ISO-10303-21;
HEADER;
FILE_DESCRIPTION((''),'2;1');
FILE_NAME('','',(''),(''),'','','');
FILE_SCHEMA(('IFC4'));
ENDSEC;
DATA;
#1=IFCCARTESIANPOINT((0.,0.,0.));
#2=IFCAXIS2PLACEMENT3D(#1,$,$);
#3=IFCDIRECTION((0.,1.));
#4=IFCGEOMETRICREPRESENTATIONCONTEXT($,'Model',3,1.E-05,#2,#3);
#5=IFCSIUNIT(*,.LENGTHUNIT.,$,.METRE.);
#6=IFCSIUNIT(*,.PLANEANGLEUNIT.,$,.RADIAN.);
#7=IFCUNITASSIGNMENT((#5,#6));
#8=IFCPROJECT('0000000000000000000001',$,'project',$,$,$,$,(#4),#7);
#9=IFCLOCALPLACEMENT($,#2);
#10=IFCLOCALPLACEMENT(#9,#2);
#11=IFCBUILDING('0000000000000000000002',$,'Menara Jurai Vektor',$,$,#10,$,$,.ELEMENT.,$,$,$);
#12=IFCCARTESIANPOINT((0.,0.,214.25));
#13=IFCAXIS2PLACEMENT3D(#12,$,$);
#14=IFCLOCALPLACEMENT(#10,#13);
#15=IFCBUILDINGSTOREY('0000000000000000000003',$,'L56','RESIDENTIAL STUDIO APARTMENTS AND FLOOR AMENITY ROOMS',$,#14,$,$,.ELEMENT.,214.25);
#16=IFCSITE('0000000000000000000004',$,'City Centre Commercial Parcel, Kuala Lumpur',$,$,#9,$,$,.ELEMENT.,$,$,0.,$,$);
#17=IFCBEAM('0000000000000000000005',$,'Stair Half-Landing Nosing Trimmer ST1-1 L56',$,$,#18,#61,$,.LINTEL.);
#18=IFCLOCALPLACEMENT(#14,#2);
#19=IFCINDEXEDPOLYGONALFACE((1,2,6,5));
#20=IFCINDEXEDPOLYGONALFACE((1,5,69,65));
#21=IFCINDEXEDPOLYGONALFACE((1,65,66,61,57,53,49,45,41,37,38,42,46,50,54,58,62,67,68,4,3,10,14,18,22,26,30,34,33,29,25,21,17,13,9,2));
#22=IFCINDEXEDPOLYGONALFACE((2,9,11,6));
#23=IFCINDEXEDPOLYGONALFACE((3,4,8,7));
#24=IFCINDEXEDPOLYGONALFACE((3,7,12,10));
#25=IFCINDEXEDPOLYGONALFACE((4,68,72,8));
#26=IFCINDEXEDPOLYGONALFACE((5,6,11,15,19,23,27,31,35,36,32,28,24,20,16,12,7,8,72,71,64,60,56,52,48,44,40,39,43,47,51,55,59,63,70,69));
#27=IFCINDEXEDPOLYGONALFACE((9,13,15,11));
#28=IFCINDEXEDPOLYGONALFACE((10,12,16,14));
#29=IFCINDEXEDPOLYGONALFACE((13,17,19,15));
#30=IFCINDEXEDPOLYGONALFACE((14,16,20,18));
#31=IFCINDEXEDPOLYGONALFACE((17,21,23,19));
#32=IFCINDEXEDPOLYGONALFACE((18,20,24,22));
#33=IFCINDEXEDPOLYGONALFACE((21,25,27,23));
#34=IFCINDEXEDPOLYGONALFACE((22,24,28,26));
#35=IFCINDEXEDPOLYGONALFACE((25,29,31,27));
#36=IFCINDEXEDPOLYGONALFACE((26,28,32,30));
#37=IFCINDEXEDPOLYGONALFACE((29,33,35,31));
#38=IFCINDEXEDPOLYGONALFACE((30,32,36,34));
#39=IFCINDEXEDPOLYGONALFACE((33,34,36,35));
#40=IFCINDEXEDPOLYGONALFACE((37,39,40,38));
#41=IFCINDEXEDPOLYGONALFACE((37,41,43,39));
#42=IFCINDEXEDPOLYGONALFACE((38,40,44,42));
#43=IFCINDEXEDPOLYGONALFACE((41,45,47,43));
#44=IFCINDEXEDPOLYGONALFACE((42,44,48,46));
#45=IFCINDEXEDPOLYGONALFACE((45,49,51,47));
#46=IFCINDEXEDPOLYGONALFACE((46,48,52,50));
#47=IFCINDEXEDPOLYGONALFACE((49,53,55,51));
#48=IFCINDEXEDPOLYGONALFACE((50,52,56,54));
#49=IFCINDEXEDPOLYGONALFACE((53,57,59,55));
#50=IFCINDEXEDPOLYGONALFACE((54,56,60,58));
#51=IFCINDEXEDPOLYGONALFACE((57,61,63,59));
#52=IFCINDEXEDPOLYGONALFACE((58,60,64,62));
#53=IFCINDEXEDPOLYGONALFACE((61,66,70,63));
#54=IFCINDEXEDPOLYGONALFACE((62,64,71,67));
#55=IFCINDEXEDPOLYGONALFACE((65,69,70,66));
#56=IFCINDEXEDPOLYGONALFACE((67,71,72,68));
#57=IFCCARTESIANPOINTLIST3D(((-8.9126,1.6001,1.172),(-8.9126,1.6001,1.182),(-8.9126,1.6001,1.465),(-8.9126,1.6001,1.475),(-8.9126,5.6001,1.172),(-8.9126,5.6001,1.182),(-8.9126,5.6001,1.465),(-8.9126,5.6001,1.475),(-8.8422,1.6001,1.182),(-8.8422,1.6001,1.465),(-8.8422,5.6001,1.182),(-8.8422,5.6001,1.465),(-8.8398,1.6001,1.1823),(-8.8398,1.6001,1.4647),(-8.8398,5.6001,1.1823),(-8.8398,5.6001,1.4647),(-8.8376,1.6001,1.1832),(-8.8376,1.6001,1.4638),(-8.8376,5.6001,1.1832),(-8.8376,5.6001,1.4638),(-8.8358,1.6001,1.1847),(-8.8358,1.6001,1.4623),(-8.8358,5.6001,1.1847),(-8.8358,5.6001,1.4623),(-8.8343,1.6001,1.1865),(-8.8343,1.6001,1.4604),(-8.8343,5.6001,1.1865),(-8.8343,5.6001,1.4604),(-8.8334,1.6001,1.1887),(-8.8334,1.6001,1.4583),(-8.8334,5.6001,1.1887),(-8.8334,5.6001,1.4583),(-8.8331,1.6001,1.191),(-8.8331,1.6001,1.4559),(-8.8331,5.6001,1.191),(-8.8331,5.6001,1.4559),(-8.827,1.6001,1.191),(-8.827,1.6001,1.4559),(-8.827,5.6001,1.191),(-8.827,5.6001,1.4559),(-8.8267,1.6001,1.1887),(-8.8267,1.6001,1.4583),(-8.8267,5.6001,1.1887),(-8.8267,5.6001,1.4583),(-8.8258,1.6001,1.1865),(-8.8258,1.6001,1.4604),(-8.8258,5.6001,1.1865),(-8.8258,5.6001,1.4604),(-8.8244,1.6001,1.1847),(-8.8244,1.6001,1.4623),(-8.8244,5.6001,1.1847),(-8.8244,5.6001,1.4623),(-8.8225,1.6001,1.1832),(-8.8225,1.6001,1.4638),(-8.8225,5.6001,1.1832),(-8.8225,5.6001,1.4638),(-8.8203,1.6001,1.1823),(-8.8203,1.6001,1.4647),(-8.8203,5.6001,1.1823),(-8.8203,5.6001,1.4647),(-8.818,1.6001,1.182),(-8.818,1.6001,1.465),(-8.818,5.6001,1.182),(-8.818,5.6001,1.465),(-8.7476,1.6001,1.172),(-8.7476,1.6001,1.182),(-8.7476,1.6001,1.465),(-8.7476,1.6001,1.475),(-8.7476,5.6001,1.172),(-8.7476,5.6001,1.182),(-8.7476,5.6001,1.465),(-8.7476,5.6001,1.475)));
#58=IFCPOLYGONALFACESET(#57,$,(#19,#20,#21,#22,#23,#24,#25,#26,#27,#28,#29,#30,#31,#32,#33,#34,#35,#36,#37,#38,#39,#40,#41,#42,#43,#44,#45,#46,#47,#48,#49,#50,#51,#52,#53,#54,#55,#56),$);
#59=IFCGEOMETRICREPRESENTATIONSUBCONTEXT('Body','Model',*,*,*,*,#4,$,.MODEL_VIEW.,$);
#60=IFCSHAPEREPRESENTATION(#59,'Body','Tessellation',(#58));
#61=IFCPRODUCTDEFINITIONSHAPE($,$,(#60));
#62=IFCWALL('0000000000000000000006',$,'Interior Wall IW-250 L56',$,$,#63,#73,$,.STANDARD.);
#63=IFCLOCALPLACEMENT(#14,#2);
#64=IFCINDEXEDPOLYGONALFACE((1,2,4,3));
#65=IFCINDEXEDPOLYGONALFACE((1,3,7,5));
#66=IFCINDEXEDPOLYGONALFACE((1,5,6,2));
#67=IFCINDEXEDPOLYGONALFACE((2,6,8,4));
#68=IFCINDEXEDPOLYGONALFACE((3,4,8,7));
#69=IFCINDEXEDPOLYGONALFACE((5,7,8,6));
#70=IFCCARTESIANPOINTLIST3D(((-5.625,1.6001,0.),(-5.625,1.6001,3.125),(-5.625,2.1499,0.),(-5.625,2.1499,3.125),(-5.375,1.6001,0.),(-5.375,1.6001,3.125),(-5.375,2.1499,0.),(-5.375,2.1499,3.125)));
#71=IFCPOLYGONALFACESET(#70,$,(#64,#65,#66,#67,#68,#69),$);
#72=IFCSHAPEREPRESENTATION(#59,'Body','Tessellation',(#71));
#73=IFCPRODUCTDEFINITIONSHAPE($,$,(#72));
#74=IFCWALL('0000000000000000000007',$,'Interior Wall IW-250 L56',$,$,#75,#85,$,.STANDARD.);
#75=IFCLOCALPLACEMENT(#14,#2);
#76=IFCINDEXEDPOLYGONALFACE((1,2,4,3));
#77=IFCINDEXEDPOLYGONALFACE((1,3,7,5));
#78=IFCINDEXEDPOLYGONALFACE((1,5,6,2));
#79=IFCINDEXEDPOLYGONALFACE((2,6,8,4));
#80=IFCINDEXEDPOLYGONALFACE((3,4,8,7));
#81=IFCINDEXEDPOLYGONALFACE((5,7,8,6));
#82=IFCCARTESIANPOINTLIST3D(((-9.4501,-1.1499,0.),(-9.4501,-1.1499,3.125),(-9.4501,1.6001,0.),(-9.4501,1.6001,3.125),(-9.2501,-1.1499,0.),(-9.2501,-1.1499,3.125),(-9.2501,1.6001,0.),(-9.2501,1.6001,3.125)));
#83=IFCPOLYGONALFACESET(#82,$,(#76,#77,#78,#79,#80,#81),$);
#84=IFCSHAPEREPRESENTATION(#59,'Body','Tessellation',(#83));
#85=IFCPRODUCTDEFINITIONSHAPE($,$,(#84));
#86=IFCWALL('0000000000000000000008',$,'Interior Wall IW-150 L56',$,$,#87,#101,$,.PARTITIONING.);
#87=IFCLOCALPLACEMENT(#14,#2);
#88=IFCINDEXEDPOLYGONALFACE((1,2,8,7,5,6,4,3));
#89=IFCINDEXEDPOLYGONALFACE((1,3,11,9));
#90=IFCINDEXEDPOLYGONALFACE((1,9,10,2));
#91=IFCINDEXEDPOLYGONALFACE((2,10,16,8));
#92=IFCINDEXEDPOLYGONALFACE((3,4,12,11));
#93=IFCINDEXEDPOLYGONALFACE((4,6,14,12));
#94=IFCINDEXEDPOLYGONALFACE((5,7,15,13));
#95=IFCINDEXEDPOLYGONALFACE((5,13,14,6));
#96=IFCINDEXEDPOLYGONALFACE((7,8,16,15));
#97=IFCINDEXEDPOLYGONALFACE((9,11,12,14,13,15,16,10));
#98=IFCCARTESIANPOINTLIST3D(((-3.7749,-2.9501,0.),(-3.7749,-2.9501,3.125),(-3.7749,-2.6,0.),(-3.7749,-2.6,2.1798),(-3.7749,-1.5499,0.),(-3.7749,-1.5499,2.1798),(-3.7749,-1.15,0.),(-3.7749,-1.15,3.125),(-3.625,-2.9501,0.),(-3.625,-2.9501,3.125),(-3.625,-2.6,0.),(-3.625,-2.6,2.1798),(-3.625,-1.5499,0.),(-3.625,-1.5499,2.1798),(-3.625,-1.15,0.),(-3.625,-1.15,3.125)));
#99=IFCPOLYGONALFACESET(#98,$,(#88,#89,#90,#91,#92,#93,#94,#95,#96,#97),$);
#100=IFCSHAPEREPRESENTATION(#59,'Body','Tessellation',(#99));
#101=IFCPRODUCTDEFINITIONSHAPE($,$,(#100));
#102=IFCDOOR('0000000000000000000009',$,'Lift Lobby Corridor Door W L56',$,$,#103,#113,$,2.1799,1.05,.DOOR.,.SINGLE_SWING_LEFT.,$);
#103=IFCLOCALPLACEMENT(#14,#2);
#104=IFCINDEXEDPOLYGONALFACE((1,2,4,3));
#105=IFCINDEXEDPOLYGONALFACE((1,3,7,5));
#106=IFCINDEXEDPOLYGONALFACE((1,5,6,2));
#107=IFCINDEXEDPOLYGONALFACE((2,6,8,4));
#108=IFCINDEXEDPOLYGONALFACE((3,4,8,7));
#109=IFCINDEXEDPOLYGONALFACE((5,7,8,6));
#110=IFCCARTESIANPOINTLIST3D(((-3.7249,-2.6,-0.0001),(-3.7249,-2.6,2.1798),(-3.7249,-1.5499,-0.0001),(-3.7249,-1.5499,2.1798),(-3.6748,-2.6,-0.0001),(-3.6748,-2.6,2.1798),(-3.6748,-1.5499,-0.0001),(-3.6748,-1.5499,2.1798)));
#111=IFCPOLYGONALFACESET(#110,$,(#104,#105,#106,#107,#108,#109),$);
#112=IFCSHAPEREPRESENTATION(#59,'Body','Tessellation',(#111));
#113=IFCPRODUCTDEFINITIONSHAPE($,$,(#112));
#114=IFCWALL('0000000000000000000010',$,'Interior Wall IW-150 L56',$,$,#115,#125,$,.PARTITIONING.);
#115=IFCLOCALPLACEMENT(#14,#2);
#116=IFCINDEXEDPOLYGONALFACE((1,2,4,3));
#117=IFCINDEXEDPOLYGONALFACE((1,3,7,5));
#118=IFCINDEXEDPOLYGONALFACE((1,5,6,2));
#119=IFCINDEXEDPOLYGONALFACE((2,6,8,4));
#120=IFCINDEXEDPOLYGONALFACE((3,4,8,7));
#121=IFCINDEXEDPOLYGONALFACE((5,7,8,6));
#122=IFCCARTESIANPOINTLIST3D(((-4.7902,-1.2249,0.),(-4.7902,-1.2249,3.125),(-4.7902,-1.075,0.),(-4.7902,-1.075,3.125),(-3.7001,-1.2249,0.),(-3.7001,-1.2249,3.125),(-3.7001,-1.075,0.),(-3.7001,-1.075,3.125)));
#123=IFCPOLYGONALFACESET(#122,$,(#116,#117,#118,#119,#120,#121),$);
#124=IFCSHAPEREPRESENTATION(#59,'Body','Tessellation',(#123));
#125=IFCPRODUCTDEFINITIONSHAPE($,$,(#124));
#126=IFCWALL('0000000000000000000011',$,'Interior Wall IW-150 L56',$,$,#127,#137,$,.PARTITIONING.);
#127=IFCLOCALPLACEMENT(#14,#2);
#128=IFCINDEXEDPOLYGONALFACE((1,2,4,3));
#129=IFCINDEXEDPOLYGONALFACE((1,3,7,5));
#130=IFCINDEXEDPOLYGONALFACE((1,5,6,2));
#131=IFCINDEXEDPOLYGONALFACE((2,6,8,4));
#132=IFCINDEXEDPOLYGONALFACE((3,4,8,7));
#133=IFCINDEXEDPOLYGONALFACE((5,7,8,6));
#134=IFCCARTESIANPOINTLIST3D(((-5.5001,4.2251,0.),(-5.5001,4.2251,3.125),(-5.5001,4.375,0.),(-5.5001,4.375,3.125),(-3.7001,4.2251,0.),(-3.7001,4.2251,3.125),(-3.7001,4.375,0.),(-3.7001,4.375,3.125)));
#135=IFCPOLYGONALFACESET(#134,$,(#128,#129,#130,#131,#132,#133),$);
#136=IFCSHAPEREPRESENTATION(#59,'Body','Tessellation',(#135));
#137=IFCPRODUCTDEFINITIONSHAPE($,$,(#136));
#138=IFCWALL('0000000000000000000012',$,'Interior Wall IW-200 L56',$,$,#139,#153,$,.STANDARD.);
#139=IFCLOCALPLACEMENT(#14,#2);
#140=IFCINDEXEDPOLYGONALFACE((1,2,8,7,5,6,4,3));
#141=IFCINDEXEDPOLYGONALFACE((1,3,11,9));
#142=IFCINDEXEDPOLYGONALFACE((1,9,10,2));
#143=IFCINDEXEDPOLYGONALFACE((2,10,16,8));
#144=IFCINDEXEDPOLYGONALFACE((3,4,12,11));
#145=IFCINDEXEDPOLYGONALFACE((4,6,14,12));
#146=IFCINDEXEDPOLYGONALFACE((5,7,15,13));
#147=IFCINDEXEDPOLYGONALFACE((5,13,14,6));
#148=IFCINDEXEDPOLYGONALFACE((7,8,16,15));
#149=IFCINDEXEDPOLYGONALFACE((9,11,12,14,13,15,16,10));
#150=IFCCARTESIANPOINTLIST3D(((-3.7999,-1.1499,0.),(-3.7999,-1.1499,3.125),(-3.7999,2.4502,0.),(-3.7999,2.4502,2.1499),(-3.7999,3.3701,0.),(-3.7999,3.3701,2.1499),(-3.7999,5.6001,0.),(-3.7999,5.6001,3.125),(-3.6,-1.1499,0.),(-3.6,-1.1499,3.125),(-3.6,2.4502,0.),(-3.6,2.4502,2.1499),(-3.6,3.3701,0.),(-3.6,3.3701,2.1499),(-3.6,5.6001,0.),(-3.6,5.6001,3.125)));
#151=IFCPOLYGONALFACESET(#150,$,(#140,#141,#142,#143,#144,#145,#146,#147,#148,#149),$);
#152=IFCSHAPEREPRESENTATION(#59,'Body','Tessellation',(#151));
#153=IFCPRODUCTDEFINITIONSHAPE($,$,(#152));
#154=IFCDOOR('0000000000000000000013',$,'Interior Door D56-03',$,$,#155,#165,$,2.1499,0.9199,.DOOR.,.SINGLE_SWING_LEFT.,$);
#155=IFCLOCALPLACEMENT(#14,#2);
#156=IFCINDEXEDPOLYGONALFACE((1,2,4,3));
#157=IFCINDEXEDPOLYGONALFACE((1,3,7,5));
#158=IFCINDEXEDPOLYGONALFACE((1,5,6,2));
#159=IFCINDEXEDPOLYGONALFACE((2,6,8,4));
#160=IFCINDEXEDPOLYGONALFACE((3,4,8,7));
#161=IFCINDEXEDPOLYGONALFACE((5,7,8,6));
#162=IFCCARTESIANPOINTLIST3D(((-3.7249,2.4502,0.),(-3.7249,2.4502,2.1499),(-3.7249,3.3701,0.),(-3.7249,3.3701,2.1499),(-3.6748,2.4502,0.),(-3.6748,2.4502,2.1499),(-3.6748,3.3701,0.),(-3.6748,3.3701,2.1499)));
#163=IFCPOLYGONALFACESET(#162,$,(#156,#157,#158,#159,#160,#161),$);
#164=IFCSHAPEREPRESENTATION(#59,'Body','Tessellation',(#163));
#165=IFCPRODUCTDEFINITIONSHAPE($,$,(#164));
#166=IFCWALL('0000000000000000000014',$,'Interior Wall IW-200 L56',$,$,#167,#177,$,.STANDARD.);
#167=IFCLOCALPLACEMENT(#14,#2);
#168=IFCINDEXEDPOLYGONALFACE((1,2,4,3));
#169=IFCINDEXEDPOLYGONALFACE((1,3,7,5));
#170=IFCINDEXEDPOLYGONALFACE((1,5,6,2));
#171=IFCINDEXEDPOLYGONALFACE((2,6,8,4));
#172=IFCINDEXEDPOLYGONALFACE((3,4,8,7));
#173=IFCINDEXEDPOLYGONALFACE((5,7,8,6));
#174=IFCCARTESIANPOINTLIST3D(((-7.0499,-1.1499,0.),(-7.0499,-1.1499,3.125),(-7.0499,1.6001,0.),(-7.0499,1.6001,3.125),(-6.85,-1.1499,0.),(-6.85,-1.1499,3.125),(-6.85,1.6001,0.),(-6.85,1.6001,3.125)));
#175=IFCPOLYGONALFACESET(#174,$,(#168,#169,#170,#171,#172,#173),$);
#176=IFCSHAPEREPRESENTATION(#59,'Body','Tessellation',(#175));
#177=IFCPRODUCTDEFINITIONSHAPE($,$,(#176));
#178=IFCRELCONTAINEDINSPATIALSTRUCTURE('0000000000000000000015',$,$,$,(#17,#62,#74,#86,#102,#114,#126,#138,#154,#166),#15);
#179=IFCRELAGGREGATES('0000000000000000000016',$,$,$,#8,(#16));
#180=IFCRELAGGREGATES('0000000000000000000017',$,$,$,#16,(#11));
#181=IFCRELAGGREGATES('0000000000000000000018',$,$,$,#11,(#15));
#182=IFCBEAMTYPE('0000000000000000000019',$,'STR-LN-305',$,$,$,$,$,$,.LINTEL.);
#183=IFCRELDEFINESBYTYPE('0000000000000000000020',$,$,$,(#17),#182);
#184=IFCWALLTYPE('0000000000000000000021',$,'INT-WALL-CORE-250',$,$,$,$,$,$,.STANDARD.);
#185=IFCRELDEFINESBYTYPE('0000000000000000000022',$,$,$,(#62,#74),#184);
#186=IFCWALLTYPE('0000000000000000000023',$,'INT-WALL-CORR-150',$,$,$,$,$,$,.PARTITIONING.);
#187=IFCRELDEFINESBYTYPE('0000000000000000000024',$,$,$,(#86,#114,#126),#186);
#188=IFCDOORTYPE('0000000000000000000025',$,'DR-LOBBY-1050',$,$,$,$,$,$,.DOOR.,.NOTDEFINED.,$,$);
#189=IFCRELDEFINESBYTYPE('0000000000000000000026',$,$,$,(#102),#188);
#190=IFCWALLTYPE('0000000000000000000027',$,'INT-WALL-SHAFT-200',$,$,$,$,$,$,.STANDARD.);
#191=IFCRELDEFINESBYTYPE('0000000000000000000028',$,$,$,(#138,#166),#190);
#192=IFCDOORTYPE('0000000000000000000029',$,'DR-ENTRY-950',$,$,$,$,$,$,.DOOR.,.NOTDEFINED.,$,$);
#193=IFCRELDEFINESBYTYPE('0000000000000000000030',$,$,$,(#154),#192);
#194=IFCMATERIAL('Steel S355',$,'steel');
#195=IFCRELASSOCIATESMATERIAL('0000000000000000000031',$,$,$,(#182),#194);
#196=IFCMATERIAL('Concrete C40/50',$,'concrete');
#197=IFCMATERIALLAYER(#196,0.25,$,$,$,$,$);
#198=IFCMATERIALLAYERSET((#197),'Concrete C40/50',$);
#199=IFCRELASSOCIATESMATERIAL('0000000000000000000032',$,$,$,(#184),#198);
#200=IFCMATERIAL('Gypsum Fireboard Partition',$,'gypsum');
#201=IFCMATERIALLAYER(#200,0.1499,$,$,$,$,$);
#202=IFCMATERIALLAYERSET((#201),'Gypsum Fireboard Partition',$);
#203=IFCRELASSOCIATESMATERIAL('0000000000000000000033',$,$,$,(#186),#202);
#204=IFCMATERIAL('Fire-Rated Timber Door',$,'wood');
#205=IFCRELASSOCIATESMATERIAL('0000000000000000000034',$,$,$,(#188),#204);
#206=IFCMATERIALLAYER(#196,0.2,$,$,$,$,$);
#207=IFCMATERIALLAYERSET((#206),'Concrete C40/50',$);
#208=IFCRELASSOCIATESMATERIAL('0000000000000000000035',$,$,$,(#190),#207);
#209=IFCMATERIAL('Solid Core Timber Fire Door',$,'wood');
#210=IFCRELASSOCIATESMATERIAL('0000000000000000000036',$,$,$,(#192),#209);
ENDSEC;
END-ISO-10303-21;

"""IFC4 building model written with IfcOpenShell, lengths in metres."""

from ifc_helpers import new_model, si_unit, direction, frame, frame_2d, origin, origin_2d, place, context, subcontext, project, spatial, rectangle, i_section, extrude, material, layer, layer_set, material_profile, profile_set, type_object, element, fill, save


model = new_model("IFC4")

# Units and contexts
model_context = context("Model", 3, precision=1e-05, world=origin(), true_north=direction((0.0, 1.0)))
body_context = subcontext(model_context, "Body", "Model", "MODEL_VIEW")
ifc_project = project(units=[si_unit("LENGTHUNIT", "METRE"), si_unit("PLANEANGLEUNIT", "RADIAN")], contexts=[model_context])

# Site, building, storey
site_placement = place(None, origin())
site = spatial("IfcSite", under=ifc_project, at=site_placement, Name="City Centre Commercial Parcel, Kuala Lumpur", CompositionType="ELEMENT", RefElevation=0.0)
building_placement = place(site_placement, origin())
building = spatial("IfcBuilding", under=site, at=building_placement, Name="Menara Jurai Vektor", CompositionType="ELEMENT")
storey_placement = place(building_placement, frame((0.0, 0.0, 214.25)))
storey = spatial("IfcBuildingStorey", under=building, at=storey_placement, Name="L56", Description="RESIDENTIAL STUDIO APARTMENTS AND FLOOR AMENITY ROOMS", CompositionType="ELEMENT", Elevation=214.25)

# Beam
ifc_material_1 = material(Name="Steel S355", Category="steel")
ifc_material_profile = material_profile(ifc_material_1, i_section(OverallWidth=0.165, OverallDepth=0.303, WebThickness=0.0061, FlangeThickness=0.01, FilletRadius=0.009, at=origin_2d()), Name="UKB 305x165x40")
ifc_profile_set = profile_set([ifc_material_profile], Name="Steel S355")
beam_type = type_object("IfcBeamType", Name="STR-LN-305", PredefinedType="LINTEL", material=ifc_profile_set)
beam_placement = place(storey_placement, frame((-8.8301, 1.6001, 1.3235), z_axis=(0.0, 1.0, 0.0), x_axis=(-1.0, 0.0, 0.0)))
element("IfcBeam", 1, at=beam_placement, inside=storey, type_object=beam_type, Name="Stair Half-Landing Nosing Trimmer ST1-1 L56", PredefinedType="LINTEL", context=body_context, shape_type="SweptSolid", body=[
    extrude(i_section(OverallWidth=0.165, OverallDepth=0.303, WebThickness=0.0061, FlangeThickness=0.01, FilletRadius=0.009, at=origin_2d()), origin(), (0.0, 0.0, 1.0), 4.0),
])

# Walls
ifc_material_2 = material(Name="Concrete C40/50", Category="concrete")
ifc_layer_1 = layer(ifc_material_2, 0.25)
ifc_layer_set_1 = layer_set([ifc_layer_1], Name="Concrete C40/50")
wall_type_1 = type_object("IfcWallType", Name="INT-WALL-CORE-250", PredefinedType="STANDARD", material=ifc_layer_set_1)
wall_1_placement = place(storey_placement, frame((-5.5, 1.6001, 0.0), z_axis=(0.0, 0.0, 1.0), x_axis=(0.0, 1.0, 0.0)))
element("IfcWall", 2, at=wall_1_placement, inside=storey, type_object=wall_type_1, Name="Interior Wall IW-250 L56", PredefinedType="STANDARD", context=body_context, shape_type="SweptSolid", body=[
    extrude(rectangle(XDim=0.5498, YDim=0.25, at=frame_2d((0.2749, 0.0))), origin(), (0.0, 0.0, 1.0), 3.125),
])
wall_2_placement = place(storey_placement, frame((-9.3501, -1.1499, 0.0), z_axis=(0.0, 0.0, 1.0), x_axis=(0.0, 1.0, 0.0)))
element("IfcWall", 3, at=wall_2_placement, inside=storey, type_object=wall_type_1, Name="Interior Wall IW-250 L56", PredefinedType="STANDARD", context=body_context, shape_type="SweptSolid", body=[
    extrude(rectangle(XDim=2.75, YDim=0.2, at=frame_2d((1.375, 0.0))), origin(), (0.0, 0.0, 1.0), 3.125),
])

# Wall, opening, door
ifc_material_3 = material(Name="Gypsum Fireboard Partition", Category="gypsum")
ifc_layer_2 = layer(ifc_material_3, 0.1499)
ifc_layer_set_2 = layer_set([ifc_layer_2], Name="Gypsum Fireboard Partition")
wall_type_2 = type_object("IfcWallType", Name="INT-WALL-CORR-150", PredefinedType="PARTITIONING", material=ifc_layer_set_2)
wall_3_placement = place(storey_placement, frame((-3.7, -2.95, 0.0), z_axis=(0.0, 0.0, 1.0), x_axis=(0.0, 1.0, 0.0)))
wall_3 = element("IfcWall", 4, at=wall_3_placement, inside=storey, type_object=wall_type_2, Name="Interior Wall IW-150 L56", PredefinedType="PARTITIONING", context=body_context, shape_type="SweptSolid", body=[
    extrude(rectangle(XDim=1.8, YDim=0.1499, at=frame_2d((0.8999, 0.0))), origin(), (0.0, 0.0, 1.0), 3.125),
])
opening_1_placement = place(wall_3_placement, frame((0.3501, 0.0, 0.0)))
opening_1 = element("IfcOpeningElement", 5, at=opening_1_placement, cuts=wall_3, PredefinedType="OPENING", context=body_context, shape_type="SweptSolid", body=[
    extrude(rectangle(XDim=1.05, YDim=2.1799, at=frame_2d((0.5249, 1.0898))), frame((0.0, 0.085, 0.0), z_axis=(0.0, -1.0, 0.0), x_axis=(1.0, 0.0, 0.0)), (0.0, 0.0, 1.0), 0.1699),
])
ifc_material_4 = material(Name="Fire-Rated Timber Door", Category="wood")
door_type_1 = type_object("IfcDoorType", Name="DR-LOBBY-1050", OperationType="NOTDEFINED", PredefinedType="DOOR", material=ifc_material_4)
door_1_placement = place(opening_1_placement, origin())
door_1 = element("IfcDoor", 6, at=door_1_placement, inside=storey, type_object=door_type_1, Name="Lift Lobby Corridor Door W L56", OperationType="SINGLE_SWING_LEFT", OverallHeight=2.1799, OverallWidth=1.05, PredefinedType="DOOR", context=body_context, shape_type="SweptSolid", body=[
    extrude(rectangle(XDim=1.05, YDim=2.1799, at=frame_2d((0.5249, 1.0898))), frame((0.0, 0.0249, 0.0), z_axis=(0.0, -1.0, 0.0), x_axis=(1.0, 0.0, 0.0)), (0.0, 0.0, 1.0), 0.05),
])
fill(opening_1, door_1)

# Walls
wall_4_placement = place(storey_placement, frame((-4.79, -1.1499, 0.0), z_axis=(0.0, 0.0, 1.0), x_axis=(1.0, 0.0, 0.0)))
element("IfcWall", 7, at=wall_4_placement, inside=storey, type_object=wall_type_2, Name="Interior Wall IW-150 L56", PredefinedType="PARTITIONING", context=body_context, shape_type="SweptSolid", body=[
    extrude(rectangle(XDim=1.0901, YDim=0.1499, at=frame_2d((0.5449, 0.0))), origin(), (0.0, 0.0, 1.0), 3.125),
])
wall_5_placement = place(storey_placement, frame((-5.5, 4.3, 0.0), z_axis=(0.0, 0.0, 1.0), x_axis=(1.0, 0.0, 0.0)))
element("IfcWall", 8, at=wall_5_placement, inside=storey, type_object=wall_type_2, Name="Interior Wall IW-150 L56", PredefinedType="PARTITIONING", context=body_context, shape_type="SweptSolid", body=[
    extrude(rectangle(XDim=1.8, YDim=0.1499, at=frame_2d((0.8999, 0.0))), origin(), (0.0, 0.0, 1.0), 3.125),
])

# Wall, opening, door
ifc_layer_3 = layer(ifc_material_2, 0.2)
ifc_layer_set_3 = layer_set([ifc_layer_3], Name="Concrete C40/50")
wall_type_3 = type_object("IfcWallType", Name="INT-WALL-SHAFT-200", PredefinedType="STANDARD", material=ifc_layer_set_3)
wall_6_placement = place(storey_placement, frame((-3.7, -1.1499, 0.0), z_axis=(0.0, 0.0, 1.0), x_axis=(0.0, 1.0, 0.0)))
wall_6 = element("IfcWall", 9, at=wall_6_placement, inside=storey, type_object=wall_type_3, Name="Interior Wall IW-200 L56", PredefinedType="STANDARD", context=body_context, shape_type="SweptSolid", body=[
    extrude(rectangle(XDim=6.75, YDim=0.2, at=frame_2d((3.375, 0.0))), origin(), (0.0, 0.0, 1.0), 3.125),
])
opening_2_placement = place(wall_6_placement, frame((3.6001, 0.0, 0.0)))
opening_2 = element("IfcOpeningElement", 10, at=opening_2_placement, cuts=wall_6, PredefinedType="OPENING", context=body_context, shape_type="SweptSolid", body=[
    extrude(rectangle(XDim=0.9199, YDim=2.1499, at=frame_2d((0.46, 1.075))), frame((0.0, 0.1099, 0.0), z_axis=(0.0, -1.0, 0.0), x_axis=(1.0, 0.0, 0.0)), (0.0, 0.0, 1.0), 0.22),
])
ifc_material_5 = material(Name="Solid Core Timber Fire Door", Category="wood")
door_type_2 = type_object("IfcDoorType", Name="DR-ENTRY-950", OperationType="NOTDEFINED", PredefinedType="DOOR", material=ifc_material_5)
door_2_placement = place(opening_2_placement, origin())
door_2 = element("IfcDoor", 11, at=door_2_placement, inside=storey, type_object=door_type_2, Name="Interior Door D56-03", OperationType="SINGLE_SWING_LEFT", OverallHeight=2.1499, OverallWidth=0.9199, PredefinedType="DOOR", context=body_context, shape_type="SweptSolid", body=[
    extrude(rectangle(XDim=0.9199, YDim=2.1499, at=frame_2d((0.46, 1.075))), frame((0.0, 0.0249, 0.0), z_axis=(0.0, -1.0, 0.0), x_axis=(1.0, 0.0, 0.0)), (0.0, 0.0, 1.0), 0.05),
])
fill(opening_2, door_2)

# Wall
wall_7_placement = place(storey_placement, frame((-6.95, -1.1499, 0.0), z_axis=(0.0, 0.0, 1.0), x_axis=(0.0, 1.0, 0.0)))
element("IfcWall", 12, at=wall_7_placement, inside=storey, type_object=wall_type_3, Name="Interior Wall IW-200 L56", PredefinedType="STANDARD", context=body_context, shape_type="SweptSolid", body=[
    extrude(rectangle(XDim=2.75, YDim=0.2, at=frame_2d((1.375, 0.0))), origin(), (0.0, 0.0, 1.0), 3.125),
])

save(model, "model.ifc")
